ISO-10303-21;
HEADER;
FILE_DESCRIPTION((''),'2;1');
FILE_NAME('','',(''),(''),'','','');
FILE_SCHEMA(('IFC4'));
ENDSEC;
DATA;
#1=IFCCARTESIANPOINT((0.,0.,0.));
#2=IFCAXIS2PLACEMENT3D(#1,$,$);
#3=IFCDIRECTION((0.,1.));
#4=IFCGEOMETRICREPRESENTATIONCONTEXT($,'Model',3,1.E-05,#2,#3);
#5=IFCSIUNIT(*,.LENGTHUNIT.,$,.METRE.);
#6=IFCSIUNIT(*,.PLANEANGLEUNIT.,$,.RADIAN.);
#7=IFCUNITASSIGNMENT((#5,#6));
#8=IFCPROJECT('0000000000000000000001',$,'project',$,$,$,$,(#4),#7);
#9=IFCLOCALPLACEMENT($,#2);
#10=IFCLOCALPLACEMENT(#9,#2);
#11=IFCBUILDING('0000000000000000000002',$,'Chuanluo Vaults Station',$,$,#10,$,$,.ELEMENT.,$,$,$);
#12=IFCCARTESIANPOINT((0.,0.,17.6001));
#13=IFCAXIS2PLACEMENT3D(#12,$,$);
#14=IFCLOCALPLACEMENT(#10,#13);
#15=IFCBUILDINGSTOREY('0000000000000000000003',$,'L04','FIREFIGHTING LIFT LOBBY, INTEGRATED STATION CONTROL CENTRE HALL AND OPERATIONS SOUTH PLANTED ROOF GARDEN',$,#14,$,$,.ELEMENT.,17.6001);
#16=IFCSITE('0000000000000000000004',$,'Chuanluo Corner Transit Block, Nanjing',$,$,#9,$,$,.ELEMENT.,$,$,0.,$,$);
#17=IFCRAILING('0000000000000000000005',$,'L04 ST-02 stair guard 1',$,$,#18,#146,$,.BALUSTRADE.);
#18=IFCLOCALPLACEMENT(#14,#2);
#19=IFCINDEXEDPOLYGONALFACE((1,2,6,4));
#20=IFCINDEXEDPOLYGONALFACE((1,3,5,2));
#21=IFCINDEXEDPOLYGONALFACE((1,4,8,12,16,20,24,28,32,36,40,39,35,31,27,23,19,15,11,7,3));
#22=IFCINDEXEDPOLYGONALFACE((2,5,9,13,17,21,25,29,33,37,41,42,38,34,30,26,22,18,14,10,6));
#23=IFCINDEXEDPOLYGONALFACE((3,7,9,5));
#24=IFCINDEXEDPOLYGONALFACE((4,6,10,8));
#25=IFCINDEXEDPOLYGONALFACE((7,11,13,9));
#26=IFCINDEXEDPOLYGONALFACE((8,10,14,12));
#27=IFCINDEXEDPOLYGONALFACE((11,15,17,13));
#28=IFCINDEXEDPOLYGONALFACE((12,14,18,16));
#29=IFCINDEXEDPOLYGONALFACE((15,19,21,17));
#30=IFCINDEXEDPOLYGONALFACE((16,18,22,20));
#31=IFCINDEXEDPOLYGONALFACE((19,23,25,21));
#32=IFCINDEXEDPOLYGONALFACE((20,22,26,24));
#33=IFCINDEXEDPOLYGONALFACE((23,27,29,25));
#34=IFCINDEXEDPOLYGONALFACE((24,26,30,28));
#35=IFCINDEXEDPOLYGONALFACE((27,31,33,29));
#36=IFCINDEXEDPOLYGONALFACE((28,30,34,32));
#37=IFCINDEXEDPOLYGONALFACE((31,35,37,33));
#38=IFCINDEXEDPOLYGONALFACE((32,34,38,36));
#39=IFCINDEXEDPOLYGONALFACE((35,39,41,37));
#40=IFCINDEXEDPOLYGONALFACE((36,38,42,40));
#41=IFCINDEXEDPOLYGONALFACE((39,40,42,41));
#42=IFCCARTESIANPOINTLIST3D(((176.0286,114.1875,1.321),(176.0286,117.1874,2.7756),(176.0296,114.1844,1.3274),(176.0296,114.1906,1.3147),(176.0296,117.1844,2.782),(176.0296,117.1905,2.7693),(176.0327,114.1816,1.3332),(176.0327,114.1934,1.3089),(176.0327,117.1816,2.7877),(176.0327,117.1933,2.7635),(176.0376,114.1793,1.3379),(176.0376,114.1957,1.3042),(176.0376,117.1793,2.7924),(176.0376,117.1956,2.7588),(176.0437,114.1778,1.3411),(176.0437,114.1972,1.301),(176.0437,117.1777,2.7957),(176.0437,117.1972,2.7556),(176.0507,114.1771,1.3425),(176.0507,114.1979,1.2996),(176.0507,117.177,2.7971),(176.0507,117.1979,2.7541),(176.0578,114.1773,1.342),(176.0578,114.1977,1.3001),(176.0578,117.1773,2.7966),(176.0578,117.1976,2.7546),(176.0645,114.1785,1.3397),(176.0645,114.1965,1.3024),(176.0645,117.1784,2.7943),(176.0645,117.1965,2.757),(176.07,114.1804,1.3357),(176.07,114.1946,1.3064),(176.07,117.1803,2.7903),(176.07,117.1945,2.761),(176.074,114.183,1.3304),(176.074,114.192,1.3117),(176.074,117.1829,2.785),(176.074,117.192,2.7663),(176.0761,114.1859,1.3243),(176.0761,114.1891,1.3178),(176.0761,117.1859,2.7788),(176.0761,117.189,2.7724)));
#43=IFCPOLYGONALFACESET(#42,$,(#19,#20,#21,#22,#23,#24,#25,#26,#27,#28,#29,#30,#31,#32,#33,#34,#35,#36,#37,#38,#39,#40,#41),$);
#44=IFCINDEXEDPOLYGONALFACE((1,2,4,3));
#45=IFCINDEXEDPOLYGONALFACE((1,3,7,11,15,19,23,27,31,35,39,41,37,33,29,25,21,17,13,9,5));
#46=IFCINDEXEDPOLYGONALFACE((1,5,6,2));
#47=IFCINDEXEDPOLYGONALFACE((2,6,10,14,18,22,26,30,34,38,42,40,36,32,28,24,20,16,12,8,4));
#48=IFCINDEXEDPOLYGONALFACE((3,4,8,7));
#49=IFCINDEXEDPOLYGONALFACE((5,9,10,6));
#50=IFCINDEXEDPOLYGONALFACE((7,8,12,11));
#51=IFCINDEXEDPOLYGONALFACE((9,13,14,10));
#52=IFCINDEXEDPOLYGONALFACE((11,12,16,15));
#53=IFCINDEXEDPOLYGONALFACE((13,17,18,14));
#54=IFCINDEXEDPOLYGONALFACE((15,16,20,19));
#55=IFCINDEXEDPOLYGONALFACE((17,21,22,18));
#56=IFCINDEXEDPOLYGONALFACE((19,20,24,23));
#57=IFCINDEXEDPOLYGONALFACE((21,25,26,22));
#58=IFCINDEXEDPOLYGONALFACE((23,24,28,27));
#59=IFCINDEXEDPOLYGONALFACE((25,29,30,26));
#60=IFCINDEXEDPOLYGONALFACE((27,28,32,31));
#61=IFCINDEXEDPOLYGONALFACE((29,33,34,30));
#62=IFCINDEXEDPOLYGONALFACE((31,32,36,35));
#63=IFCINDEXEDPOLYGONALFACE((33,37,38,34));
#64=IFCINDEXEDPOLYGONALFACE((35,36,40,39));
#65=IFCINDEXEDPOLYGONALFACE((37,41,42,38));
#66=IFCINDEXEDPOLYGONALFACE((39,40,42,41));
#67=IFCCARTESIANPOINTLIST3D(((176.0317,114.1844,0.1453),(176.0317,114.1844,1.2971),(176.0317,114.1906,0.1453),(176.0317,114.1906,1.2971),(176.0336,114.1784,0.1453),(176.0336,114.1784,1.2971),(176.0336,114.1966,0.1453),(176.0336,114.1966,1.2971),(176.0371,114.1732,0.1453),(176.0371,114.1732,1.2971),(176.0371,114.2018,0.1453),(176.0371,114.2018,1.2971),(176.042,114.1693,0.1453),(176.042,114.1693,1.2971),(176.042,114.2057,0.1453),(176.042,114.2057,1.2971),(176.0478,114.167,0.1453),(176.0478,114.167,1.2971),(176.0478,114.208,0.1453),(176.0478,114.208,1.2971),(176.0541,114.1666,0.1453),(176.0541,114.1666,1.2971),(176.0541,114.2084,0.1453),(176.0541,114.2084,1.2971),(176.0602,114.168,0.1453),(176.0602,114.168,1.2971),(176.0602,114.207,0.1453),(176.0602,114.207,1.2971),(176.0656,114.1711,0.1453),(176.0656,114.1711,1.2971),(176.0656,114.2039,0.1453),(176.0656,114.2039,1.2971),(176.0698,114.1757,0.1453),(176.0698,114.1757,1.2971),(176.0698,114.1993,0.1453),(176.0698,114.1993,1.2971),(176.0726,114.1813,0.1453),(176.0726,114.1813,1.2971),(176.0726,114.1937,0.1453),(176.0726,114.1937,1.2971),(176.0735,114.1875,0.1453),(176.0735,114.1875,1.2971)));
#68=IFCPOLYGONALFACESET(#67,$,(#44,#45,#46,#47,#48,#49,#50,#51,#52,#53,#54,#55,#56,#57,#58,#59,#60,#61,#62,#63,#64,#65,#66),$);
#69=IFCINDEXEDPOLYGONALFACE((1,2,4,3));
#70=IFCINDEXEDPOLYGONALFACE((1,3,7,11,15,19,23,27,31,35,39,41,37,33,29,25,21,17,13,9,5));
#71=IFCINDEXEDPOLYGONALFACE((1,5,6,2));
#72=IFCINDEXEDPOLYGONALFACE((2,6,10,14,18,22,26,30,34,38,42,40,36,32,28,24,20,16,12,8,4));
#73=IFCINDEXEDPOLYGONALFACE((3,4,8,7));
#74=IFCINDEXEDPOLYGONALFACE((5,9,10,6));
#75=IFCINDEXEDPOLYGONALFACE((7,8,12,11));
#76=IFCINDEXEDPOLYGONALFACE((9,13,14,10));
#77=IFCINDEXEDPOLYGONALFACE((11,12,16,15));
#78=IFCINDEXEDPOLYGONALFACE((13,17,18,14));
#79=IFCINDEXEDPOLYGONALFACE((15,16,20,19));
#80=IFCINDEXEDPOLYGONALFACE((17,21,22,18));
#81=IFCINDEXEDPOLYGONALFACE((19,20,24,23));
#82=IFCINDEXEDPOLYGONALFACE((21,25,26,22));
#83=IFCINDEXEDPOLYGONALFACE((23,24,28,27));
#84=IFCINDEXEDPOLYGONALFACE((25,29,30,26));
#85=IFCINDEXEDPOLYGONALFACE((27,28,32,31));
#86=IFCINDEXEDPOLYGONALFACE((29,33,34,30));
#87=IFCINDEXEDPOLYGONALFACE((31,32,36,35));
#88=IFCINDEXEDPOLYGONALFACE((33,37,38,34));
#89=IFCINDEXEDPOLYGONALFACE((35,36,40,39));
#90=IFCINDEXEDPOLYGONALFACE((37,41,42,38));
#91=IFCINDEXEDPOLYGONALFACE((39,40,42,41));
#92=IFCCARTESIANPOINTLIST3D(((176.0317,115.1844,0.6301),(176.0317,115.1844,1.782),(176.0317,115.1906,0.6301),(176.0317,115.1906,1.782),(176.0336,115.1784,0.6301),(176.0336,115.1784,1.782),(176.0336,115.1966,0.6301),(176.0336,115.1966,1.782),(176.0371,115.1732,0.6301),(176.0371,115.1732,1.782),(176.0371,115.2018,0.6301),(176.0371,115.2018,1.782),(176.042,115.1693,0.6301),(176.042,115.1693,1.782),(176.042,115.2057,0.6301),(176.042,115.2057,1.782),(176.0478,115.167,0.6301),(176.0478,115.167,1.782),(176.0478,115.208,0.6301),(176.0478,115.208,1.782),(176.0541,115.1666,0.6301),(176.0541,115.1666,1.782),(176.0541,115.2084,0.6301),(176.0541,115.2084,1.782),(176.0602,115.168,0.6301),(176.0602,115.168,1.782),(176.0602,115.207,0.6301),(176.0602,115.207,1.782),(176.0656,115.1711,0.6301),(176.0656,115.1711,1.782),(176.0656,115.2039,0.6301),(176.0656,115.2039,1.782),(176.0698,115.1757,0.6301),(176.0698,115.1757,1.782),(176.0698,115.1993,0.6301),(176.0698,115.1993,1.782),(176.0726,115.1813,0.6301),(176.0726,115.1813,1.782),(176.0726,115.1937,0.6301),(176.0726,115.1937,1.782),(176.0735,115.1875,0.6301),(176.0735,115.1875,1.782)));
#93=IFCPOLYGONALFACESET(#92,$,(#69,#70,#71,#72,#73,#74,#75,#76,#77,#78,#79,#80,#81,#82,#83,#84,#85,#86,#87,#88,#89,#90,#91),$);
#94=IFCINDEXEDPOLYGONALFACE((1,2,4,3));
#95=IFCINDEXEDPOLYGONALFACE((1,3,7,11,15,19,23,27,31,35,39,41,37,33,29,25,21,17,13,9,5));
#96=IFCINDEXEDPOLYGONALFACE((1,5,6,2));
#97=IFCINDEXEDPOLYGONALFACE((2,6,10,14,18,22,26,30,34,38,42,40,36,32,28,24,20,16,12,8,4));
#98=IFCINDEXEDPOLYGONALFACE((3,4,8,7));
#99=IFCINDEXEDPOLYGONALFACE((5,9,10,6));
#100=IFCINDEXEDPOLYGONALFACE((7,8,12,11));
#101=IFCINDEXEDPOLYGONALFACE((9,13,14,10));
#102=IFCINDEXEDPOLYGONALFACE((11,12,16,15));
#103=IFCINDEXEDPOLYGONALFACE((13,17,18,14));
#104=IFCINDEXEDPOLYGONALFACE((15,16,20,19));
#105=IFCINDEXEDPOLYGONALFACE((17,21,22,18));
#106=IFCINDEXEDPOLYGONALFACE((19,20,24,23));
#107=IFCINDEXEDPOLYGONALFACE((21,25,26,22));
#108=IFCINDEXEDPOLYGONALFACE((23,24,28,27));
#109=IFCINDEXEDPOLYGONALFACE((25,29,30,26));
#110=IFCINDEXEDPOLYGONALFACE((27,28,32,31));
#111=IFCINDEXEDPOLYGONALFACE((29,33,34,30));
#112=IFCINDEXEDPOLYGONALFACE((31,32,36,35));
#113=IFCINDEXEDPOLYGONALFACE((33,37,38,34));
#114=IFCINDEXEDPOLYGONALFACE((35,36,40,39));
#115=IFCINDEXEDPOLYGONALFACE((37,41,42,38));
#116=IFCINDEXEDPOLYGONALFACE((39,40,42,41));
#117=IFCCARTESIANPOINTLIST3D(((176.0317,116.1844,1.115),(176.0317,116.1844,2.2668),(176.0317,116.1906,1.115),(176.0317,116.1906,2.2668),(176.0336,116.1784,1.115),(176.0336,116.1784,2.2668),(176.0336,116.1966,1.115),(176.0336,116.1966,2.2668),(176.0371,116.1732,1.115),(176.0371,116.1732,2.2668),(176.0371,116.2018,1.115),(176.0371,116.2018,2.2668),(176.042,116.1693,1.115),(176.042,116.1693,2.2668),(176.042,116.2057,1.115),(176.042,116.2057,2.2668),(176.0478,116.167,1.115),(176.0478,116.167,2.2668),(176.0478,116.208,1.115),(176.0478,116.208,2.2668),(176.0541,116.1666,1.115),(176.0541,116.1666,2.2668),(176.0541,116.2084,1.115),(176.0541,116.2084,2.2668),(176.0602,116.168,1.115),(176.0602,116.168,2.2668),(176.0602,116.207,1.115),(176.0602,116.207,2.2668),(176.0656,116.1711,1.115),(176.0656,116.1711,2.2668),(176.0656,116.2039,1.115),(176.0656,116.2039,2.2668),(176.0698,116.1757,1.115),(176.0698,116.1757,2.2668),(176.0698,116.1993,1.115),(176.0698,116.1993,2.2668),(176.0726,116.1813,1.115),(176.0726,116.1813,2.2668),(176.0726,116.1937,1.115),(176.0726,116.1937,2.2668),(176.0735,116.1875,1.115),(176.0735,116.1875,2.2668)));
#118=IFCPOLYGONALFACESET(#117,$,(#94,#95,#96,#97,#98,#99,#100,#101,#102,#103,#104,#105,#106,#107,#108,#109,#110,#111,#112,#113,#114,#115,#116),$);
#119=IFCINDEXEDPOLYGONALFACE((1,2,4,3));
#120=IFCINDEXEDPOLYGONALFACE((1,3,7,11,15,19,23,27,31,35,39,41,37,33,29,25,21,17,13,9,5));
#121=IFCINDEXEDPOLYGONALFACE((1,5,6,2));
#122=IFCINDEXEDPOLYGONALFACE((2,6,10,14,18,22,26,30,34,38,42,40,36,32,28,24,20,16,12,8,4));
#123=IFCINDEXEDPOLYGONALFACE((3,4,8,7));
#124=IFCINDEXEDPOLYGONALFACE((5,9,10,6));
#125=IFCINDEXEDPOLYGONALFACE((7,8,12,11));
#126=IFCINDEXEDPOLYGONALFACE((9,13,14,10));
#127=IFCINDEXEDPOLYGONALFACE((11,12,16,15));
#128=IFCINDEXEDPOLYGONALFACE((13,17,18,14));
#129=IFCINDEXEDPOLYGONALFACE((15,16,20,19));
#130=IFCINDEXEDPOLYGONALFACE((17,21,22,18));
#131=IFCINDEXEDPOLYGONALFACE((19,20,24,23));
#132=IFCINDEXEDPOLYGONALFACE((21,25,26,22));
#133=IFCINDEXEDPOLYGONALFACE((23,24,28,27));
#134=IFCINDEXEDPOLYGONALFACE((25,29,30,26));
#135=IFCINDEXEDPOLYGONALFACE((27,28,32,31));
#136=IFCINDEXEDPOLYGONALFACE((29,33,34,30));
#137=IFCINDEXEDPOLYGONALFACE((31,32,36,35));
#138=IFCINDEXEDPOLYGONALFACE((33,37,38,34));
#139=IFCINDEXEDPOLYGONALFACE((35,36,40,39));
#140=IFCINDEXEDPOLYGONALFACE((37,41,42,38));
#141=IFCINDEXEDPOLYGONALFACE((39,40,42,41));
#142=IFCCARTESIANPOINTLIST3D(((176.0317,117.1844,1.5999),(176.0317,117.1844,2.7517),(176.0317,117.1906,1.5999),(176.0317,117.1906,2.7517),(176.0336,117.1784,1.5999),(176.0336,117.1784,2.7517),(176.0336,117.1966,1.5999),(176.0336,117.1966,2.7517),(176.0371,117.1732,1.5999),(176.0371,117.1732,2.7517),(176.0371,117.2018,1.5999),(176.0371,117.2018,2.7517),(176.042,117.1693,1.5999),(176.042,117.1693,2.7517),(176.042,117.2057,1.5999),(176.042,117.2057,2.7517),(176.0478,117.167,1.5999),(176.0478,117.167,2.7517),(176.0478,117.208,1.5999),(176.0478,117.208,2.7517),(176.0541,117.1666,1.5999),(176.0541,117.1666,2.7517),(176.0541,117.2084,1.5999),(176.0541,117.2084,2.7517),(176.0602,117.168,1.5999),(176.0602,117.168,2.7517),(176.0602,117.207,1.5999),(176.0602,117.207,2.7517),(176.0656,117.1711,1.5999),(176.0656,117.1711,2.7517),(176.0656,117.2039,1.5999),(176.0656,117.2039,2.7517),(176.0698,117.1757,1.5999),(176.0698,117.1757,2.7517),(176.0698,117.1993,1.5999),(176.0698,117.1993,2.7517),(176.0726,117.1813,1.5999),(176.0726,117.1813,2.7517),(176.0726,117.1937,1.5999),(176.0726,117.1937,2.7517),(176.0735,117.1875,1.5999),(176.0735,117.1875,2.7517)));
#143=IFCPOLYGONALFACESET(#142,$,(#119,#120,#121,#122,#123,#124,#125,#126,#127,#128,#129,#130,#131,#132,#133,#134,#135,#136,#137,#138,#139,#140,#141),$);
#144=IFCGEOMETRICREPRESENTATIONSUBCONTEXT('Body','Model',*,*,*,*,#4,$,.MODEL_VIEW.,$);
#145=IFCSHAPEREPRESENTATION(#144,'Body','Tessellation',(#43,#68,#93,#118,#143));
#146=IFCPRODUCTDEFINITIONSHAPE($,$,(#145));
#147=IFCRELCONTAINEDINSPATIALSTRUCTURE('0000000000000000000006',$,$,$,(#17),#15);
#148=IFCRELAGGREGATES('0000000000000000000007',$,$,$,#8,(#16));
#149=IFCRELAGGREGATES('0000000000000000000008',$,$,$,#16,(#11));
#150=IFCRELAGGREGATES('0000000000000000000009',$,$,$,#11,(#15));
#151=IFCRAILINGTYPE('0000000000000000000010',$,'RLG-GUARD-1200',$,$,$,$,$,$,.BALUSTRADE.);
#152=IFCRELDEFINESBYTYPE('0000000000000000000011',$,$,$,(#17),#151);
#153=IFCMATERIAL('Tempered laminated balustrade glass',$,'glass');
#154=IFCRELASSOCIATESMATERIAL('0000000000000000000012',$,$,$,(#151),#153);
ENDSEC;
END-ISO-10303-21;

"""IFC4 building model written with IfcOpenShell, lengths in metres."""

from ifc_helpers import new_model, si_unit, direction, frame, origin, origin_2d, place, context, subcontext, project, spatial, circle, extrude, material, type_object, element, save


model = new_model("IFC4")

# Units and contexts
model_context = context("Model", 3, precision=1e-05, world=origin(), true_north=direction((0.0, 1.0)))
body_context = subcontext(model_context, "Body", "Model", "MODEL_VIEW")
ifc_project = project(units=[si_unit("LENGTHUNIT", "METRE"), si_unit("PLANEANGLEUNIT", "RADIAN")], contexts=[model_context])

# Site, building, storey
site_placement = place(None, origin())
site = spatial("IfcSite", under=ifc_project, at=site_placement, Name="Chuanluo Corner Transit Block, Nanjing", CompositionType="ELEMENT", RefElevation=0.0)
building_placement = place(site_placement, origin())
building = spatial("IfcBuilding", under=site, at=building_placement, Name="Chuanluo Vaults Station", CompositionType="ELEMENT")
storey_placement = place(building_placement, frame((0.0, 0.0, 17.6001)))
storey = spatial("IfcBuildingStorey", under=building, at=storey_placement, Name="L04", Description="FIREFIGHTING LIFT LOBBY, INTEGRATED STATION CONTROL CENTRE HALL AND OPERATIONS SOUTH PLANTED ROOF GARDEN", CompositionType="ELEMENT", Elevation=17.6001)

# Railing
ifc_material_1 = material(Name="Tempered laminated balustrade glass", Category="glass")
railing_type_1 = type_object("IfcRailingType", Name="RLG-GUARD-1200", PredefinedType="BALUSTRADE", material=ifc_material_1)
railing_1_placement = place(storey_placement, frame((176.0525, 114.1875, 0.1453)))
element("IfcRailing", 1, at=railing_1_placement, inside=storey, type_object=railing_type_1, Name="L04 ST-02 stair guard 1", PredefinedType="BALUSTRADE", context=body_context, shape_type="SweptSolid", body=[
    extrude(circle(Radius=0.0239, at=origin_2d()), frame((0.0, 0.0, 1.1758), z_axis=(0.0, 0.899809, 0.436284), x_axis=(-1.0, 0.0, 0.0)), (0.0, 0.0, 1.0), 3.334),
    extrude(circle(Radius=0.021, at=origin_2d()), origin(), (0.0, 0.0, 1.0), 1.1519),
    extrude(circle(Radius=0.021, at=origin_2d()), frame((0.0, 1.0, 0.4849)), (0.0, 0.0, 1.0), 1.1519),
    extrude(circle(Radius=0.021, at=origin_2d()), frame((0.0, 2.0, 0.9697)), (0.0, 0.0, 1.0), 1.1519),
    extrude(circle(Radius=0.021, at=origin_2d()), frame((0.0, 3.0, 1.4546)), (0.0, 0.0, 1.0), 1.1519),
])

save(model, "model.ifc")
